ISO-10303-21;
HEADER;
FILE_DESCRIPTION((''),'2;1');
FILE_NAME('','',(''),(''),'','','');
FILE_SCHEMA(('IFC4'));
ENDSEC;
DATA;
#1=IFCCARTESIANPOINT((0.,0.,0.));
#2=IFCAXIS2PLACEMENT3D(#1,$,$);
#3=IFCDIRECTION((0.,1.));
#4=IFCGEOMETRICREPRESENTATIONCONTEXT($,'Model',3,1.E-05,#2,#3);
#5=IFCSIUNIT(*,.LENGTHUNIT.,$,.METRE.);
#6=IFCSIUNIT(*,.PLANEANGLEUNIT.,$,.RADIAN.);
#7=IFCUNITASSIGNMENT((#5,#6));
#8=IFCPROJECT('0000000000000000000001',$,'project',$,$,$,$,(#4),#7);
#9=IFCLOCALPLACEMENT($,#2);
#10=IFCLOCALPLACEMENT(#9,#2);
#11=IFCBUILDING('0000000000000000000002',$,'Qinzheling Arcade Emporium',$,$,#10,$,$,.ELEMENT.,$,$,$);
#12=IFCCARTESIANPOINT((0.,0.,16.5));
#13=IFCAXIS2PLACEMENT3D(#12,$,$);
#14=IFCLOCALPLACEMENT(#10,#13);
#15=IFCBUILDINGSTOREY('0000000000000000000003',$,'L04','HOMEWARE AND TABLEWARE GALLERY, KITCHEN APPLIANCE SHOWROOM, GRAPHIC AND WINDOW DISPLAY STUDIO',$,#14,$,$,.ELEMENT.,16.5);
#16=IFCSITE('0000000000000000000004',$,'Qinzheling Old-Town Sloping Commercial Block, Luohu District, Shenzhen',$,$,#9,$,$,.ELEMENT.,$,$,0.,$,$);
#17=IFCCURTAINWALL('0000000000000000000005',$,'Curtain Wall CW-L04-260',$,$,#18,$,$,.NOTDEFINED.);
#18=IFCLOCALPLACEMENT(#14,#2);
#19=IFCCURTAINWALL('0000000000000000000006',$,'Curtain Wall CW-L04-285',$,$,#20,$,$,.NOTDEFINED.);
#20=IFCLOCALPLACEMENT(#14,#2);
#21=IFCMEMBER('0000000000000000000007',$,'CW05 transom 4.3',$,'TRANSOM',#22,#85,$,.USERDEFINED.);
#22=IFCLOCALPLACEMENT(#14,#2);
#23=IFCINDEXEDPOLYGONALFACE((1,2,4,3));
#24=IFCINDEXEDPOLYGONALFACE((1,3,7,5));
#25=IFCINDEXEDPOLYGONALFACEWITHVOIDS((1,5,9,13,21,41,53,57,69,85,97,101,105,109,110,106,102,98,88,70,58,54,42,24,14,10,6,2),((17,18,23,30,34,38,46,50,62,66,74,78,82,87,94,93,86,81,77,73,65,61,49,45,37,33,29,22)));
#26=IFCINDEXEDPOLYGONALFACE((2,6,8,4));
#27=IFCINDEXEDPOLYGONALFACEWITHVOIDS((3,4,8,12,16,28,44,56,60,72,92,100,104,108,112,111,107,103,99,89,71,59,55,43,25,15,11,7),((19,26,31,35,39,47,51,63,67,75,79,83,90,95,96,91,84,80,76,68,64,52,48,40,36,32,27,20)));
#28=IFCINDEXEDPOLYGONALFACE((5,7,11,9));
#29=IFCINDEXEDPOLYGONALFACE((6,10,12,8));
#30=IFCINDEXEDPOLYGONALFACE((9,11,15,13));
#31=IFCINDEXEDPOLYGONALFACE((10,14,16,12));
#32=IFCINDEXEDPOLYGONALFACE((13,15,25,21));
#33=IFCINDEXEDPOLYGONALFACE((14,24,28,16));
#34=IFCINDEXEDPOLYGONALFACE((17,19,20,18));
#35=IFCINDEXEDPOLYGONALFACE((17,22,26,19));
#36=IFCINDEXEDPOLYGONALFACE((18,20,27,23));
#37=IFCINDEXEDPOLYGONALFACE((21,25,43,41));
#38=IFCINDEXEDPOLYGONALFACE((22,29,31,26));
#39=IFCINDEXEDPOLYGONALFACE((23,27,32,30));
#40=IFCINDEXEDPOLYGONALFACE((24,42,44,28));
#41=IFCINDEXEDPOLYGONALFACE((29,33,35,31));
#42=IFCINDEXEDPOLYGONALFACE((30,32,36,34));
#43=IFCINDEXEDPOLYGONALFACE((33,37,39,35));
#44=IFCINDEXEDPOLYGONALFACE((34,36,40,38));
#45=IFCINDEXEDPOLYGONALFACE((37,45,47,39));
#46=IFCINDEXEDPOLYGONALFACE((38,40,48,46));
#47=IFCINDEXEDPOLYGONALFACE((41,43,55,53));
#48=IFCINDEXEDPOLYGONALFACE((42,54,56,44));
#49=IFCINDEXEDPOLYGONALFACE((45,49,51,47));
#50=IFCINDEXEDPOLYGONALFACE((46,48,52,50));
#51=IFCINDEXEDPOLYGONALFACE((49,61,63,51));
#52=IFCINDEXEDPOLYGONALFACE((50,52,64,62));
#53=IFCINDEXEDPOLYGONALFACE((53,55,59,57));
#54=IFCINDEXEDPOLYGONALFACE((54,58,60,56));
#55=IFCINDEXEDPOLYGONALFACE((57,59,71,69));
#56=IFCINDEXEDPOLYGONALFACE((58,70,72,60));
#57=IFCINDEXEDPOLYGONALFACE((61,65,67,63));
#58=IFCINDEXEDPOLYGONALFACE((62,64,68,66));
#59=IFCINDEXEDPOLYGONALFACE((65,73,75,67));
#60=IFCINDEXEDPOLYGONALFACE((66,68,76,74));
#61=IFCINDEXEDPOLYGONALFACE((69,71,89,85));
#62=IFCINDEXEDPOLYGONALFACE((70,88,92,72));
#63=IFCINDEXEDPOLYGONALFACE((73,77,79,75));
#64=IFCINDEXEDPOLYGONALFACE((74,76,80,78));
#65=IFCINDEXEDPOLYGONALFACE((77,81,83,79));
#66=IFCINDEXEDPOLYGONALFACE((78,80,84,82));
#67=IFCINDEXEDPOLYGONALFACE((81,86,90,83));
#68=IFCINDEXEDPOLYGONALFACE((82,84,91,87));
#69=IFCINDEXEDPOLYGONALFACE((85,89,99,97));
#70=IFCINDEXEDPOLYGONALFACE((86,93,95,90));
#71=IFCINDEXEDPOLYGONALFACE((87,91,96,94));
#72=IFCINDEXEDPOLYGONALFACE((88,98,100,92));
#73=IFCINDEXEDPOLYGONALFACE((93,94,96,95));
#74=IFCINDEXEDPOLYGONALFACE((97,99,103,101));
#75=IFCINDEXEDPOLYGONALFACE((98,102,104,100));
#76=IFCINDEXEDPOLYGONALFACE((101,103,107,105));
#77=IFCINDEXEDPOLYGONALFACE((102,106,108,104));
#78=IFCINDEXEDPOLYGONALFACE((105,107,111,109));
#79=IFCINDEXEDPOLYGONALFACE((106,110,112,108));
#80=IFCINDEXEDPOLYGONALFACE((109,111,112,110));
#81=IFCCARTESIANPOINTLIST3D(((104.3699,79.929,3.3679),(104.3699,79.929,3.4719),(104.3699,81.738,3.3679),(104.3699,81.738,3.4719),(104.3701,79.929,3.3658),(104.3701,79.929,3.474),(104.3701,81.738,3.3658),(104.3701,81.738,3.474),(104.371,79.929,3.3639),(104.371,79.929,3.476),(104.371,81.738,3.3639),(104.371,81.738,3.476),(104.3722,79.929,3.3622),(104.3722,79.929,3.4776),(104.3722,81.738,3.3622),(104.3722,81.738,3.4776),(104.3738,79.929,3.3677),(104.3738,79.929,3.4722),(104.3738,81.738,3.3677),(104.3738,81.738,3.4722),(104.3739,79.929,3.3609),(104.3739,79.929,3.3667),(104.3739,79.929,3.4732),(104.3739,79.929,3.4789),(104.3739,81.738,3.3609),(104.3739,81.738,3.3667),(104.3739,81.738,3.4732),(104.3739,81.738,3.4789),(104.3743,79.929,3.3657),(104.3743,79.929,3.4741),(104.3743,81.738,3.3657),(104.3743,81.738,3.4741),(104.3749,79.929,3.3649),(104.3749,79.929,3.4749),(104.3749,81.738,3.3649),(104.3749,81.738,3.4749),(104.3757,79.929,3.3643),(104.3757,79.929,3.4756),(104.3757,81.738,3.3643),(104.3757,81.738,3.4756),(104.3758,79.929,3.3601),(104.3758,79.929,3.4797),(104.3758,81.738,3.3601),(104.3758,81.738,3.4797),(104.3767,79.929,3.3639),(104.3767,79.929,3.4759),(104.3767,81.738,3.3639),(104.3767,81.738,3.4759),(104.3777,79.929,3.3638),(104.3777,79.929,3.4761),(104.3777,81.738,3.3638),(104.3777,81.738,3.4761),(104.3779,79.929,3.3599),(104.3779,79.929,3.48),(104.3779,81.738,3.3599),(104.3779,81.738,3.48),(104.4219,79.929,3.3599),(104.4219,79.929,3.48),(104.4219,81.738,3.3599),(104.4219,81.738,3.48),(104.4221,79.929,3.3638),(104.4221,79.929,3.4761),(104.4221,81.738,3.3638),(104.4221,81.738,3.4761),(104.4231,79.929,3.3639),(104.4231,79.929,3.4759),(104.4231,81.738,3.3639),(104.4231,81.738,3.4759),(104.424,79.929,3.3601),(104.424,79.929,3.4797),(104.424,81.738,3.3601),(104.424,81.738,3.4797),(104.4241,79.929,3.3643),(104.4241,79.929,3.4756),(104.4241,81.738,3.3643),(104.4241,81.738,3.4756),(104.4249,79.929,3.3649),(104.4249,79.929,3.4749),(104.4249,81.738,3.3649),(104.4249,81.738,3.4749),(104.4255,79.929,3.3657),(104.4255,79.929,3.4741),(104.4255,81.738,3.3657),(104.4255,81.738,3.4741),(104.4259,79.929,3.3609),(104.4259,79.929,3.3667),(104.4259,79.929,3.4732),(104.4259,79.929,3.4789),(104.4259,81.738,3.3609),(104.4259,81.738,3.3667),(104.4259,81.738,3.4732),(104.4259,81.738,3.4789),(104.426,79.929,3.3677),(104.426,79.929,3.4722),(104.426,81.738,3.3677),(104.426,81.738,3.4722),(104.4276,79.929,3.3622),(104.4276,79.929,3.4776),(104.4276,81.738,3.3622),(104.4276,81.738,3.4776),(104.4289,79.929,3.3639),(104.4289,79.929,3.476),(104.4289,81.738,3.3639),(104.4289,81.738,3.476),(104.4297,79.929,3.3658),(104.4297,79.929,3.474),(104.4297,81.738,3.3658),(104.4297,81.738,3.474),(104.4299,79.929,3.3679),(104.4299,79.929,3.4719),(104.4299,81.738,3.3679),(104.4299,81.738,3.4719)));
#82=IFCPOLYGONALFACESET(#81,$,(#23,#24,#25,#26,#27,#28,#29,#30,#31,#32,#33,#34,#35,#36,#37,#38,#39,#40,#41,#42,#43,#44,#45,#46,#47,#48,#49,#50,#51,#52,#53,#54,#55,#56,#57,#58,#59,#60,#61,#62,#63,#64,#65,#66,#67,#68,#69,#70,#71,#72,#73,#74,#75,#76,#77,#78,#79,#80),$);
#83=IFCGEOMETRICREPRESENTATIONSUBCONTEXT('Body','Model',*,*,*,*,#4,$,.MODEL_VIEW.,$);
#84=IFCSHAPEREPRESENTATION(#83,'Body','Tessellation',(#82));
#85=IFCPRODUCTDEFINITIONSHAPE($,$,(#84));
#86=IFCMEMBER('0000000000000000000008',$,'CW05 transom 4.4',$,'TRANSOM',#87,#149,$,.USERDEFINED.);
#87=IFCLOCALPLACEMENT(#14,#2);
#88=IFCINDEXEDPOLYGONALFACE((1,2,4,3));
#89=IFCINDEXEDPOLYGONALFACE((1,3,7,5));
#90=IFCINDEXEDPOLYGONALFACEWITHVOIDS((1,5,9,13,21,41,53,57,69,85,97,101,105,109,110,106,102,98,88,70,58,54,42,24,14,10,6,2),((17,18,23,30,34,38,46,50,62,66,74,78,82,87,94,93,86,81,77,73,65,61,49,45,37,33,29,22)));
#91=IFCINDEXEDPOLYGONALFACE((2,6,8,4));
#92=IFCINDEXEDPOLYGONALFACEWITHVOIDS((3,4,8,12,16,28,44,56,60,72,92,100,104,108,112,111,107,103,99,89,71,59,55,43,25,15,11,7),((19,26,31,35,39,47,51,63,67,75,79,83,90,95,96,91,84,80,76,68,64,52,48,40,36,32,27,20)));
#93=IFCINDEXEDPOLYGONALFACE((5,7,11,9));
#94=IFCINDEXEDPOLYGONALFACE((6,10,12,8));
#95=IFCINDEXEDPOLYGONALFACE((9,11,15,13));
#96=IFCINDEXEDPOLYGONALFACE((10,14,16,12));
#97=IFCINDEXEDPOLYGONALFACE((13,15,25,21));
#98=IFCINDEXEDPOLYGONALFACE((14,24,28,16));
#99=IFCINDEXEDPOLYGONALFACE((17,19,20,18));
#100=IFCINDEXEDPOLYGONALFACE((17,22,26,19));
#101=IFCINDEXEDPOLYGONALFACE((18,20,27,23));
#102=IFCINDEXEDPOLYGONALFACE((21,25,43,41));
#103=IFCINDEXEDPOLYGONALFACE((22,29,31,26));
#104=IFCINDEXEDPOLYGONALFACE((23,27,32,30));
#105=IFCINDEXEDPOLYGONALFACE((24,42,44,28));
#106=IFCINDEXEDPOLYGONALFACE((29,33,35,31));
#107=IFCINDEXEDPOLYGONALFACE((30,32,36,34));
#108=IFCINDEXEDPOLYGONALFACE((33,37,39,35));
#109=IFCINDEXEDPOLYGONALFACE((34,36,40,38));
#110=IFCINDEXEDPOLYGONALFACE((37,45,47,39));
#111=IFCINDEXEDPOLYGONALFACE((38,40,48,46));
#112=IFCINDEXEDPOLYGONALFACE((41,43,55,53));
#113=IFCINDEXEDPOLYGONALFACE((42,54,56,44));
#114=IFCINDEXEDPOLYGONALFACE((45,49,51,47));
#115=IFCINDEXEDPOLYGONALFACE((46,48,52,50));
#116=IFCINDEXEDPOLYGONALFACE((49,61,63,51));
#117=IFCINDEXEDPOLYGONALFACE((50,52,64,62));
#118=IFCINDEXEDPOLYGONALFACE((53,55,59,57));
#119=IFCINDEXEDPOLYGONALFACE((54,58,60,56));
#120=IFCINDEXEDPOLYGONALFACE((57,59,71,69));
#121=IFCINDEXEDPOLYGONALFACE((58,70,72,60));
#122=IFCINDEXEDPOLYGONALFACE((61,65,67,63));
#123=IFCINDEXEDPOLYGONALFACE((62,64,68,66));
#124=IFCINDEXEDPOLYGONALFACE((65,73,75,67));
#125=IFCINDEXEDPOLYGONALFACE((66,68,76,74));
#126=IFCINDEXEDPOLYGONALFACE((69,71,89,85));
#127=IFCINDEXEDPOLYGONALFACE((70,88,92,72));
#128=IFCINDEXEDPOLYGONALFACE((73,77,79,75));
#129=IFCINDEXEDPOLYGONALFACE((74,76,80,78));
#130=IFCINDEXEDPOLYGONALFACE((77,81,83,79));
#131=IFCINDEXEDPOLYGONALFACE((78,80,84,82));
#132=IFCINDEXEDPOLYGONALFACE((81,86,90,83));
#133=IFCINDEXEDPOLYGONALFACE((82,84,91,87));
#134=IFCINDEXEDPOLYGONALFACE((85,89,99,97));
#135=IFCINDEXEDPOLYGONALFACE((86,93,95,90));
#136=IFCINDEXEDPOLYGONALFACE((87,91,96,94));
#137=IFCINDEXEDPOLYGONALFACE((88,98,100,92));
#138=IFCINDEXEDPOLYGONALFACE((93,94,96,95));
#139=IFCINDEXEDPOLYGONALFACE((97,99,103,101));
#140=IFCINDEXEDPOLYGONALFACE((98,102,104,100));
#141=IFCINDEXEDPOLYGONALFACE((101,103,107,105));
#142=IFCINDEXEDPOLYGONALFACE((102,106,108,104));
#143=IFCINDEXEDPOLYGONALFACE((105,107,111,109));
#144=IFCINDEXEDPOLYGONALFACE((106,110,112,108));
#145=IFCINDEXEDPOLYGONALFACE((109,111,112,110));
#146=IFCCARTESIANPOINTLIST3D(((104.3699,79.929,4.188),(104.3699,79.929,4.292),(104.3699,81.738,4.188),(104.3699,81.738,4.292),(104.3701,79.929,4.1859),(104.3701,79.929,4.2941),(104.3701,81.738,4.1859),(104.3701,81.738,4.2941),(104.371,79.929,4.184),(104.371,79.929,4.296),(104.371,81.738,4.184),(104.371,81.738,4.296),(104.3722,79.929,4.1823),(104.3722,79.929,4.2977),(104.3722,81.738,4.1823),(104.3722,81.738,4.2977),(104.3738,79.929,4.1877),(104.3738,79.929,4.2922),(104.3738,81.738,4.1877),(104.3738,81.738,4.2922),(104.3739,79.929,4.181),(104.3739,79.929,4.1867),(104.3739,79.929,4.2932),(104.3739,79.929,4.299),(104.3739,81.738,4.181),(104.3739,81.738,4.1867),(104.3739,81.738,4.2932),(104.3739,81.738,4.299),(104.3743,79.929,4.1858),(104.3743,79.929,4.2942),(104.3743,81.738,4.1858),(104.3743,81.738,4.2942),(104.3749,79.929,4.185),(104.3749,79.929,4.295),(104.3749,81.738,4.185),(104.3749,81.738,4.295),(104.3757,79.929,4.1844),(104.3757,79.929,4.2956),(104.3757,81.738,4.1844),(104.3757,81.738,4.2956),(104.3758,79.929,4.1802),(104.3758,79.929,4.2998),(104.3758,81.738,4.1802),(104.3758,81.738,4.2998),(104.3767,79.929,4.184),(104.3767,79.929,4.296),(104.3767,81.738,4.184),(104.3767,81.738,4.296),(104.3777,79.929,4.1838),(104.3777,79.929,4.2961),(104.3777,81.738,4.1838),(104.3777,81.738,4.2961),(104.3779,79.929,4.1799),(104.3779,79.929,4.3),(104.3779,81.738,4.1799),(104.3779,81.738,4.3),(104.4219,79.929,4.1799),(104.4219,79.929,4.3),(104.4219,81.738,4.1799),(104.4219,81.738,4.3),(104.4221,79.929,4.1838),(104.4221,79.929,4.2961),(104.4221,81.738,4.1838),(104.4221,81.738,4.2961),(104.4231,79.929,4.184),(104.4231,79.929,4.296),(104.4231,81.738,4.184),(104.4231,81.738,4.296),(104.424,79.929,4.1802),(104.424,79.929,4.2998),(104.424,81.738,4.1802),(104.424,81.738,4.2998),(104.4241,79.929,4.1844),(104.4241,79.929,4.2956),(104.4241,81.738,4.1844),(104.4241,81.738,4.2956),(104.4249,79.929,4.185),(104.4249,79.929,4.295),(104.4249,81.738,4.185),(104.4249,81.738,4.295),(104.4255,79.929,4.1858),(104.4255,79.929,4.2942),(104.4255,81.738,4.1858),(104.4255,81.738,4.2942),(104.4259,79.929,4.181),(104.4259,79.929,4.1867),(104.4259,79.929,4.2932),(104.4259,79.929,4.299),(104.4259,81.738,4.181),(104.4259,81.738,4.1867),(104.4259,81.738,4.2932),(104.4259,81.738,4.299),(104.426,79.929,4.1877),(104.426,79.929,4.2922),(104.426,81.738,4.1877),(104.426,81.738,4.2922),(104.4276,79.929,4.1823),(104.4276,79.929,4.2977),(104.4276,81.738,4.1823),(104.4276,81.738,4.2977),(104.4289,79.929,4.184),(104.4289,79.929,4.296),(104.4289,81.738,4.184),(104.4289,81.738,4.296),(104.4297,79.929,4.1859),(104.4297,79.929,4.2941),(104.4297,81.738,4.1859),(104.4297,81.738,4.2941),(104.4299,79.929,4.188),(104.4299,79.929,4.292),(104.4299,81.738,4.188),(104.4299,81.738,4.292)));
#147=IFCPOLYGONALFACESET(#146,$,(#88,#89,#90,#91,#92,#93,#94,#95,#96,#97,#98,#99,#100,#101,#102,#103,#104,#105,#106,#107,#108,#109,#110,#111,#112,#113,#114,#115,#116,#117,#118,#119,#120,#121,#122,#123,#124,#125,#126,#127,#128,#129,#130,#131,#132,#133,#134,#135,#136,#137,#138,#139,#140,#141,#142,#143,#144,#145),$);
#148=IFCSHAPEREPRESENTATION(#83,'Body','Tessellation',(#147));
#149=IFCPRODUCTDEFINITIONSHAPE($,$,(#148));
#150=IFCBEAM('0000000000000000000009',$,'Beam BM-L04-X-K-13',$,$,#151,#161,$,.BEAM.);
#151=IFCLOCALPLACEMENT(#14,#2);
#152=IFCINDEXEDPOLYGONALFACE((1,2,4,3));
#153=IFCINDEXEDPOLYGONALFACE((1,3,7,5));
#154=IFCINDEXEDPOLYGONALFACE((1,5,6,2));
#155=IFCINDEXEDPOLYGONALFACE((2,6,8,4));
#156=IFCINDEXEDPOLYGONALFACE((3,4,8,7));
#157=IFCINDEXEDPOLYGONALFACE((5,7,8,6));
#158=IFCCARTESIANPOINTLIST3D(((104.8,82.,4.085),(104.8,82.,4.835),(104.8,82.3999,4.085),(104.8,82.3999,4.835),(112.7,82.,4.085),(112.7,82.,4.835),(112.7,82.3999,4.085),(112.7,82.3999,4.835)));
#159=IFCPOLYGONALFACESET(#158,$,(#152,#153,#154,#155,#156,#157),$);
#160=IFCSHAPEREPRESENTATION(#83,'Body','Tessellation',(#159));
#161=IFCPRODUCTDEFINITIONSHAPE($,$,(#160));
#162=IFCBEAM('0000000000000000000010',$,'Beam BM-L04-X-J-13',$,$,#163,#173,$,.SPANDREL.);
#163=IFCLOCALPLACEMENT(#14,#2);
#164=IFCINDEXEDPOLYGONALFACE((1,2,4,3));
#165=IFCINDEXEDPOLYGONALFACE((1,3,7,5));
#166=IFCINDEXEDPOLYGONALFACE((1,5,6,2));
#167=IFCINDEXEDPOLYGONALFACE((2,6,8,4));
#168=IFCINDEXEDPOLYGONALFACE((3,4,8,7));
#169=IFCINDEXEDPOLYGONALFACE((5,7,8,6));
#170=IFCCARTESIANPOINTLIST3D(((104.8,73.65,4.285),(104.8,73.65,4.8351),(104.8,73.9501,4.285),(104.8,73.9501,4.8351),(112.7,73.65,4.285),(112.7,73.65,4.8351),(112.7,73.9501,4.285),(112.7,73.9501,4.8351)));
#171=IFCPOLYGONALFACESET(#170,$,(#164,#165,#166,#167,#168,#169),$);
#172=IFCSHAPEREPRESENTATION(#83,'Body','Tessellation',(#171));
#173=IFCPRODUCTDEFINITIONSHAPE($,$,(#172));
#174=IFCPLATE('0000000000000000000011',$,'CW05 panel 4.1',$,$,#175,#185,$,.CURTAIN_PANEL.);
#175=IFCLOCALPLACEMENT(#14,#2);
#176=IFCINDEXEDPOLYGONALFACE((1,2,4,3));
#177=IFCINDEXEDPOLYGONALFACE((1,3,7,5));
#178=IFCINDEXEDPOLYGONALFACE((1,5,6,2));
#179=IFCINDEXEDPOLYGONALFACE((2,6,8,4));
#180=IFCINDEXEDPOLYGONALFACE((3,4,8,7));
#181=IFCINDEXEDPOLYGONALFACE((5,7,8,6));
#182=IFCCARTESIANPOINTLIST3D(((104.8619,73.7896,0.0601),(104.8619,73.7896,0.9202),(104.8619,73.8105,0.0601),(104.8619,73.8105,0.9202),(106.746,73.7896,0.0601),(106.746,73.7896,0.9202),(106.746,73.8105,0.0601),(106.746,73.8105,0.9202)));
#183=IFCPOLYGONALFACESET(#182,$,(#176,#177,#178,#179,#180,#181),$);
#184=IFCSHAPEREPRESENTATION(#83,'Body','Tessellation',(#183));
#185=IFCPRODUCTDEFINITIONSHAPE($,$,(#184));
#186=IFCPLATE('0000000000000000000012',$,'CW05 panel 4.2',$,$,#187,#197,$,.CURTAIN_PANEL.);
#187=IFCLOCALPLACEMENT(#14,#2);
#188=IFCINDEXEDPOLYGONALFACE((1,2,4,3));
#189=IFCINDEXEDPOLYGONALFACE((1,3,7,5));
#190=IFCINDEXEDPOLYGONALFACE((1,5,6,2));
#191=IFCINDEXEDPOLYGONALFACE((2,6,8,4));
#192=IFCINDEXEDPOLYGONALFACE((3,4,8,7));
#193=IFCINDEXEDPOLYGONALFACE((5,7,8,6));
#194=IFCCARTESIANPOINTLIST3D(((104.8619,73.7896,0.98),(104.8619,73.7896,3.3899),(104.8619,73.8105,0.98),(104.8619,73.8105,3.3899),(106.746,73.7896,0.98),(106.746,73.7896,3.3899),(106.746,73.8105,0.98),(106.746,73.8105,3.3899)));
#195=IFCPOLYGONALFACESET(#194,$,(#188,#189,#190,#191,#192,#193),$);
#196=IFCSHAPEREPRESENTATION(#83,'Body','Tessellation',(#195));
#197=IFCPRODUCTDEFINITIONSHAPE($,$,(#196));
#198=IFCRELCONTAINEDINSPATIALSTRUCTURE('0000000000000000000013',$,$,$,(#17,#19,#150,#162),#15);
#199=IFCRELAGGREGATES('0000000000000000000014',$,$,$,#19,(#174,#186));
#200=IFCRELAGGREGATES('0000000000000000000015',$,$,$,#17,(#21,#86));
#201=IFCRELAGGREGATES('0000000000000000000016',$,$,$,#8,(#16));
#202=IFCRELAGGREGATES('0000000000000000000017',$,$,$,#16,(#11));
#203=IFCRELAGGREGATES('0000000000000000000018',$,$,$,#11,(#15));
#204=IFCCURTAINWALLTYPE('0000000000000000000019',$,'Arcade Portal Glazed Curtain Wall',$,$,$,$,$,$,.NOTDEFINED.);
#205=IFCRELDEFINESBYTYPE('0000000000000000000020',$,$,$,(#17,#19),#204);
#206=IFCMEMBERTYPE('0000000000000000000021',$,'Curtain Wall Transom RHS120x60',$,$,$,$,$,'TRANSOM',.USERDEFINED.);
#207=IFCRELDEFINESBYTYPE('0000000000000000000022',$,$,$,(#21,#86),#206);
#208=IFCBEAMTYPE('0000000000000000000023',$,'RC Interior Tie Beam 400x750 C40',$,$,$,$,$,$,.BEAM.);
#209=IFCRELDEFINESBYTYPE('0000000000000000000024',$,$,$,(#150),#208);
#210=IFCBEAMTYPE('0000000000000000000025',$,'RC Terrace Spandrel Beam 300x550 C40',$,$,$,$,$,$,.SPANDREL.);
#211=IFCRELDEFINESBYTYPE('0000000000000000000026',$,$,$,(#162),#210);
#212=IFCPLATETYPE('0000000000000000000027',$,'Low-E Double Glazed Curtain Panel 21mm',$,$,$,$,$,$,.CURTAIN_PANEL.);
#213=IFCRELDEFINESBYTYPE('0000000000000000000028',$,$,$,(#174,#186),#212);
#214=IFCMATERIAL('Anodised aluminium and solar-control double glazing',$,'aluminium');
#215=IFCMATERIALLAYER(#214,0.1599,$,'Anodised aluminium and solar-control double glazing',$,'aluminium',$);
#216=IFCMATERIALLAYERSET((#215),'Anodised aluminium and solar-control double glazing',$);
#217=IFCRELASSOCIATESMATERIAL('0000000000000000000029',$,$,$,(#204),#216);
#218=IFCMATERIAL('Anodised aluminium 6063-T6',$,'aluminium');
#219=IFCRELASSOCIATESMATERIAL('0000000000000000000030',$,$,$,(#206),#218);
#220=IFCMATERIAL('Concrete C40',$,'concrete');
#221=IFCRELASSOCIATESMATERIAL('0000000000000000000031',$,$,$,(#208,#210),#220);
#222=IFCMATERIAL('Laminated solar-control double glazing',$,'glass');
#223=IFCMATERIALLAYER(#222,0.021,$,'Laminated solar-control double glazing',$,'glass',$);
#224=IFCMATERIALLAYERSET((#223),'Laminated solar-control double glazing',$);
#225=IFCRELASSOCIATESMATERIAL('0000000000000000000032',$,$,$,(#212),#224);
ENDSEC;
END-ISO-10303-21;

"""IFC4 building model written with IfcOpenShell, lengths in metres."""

from ifc_helpers import new_model, si_unit, direction, frame, origin, origin_2d, place, context, subcontext, project, spatial, rectangle, hollow_rectangle, extrude, material, layer, layer_set, material_profile, profile_set, type_object, element, aggregate, save


model = new_model("IFC4")

# Units and contexts
model_context = context("Model", 3, precision=1e-05, world=origin(), true_north=direction((0.0, 1.0)))
body_context = subcontext(model_context, "Body", "Model", "MODEL_VIEW")
ifc_project = project(units=[si_unit("LENGTHUNIT", "METRE"), si_unit("PLANEANGLEUNIT", "RADIAN")], contexts=[model_context])

# Site, building, storey
site_placement = place(None, origin())
site = spatial("IfcSite", under=ifc_project, at=site_placement, Name="Qinzheling Old-Town Sloping Commercial Block, Luohu District, Shenzhen", CompositionType="ELEMENT", RefElevation=0.0)
building_placement = place(site_placement, origin())
building = spatial("IfcBuilding", under=site, at=building_placement, Name="Qinzheling Arcade Emporium", CompositionType="ELEMENT")
storey_placement = place(building_placement, frame((0.0, 0.0, 16.5)))
storey = spatial("IfcBuildingStorey", under=building, at=storey_placement, Name="L04", Description="HOMEWARE AND TABLEWARE GALLERY, KITCHEN APPLIANCE SHOWROOM, GRAPHIC AND WINDOW DISPLAY STUDIO", CompositionType="ELEMENT", Elevation=16.5)

# Shared definitions
ifc_material_1 = material(Name="Concrete C40", Category="concrete")

# Curtain wall
ifc_material_2 = material(Name="Anodised aluminium and solar-control double glazing", Category="aluminium")
ifc_layer_1 = layer(ifc_material_2, 0.1599, Name="Anodised aluminium and solar-control double glazing", Category="aluminium")
ifc_layer_set_1 = layer_set([ifc_layer_1], Name="Anodised aluminium and solar-control double glazing")
curtain_wall_type = type_object("IfcCurtainWallType", Name="Arcade Portal Glazed Curtain Wall", PredefinedType="NOTDEFINED", material=ifc_layer_set_1)
curtain_wall_1_placement = place(storey_placement, origin())
curtain_wall_1 = element("IfcCurtainWall", 1, at=curtain_wall_1_placement, inside=storey, type_object=curtain_wall_type, Name="Curtain Wall CW-L04-260", PredefinedType="NOTDEFINED")
ifc_material_3 = material(Name="Anodised aluminium 6063-T6", Category="aluminium")

# Curtain wall
curtain_wall_2_placement = place(storey_placement, origin())
curtain_wall_2 = element("IfcCurtainWall", 2, at=curtain_wall_2_placement, inside=storey, type_object=curtain_wall_type, Name="Curtain Wall CW-L04-285", PredefinedType="NOTDEFINED")

# Members
ifc_material_profile_1 = material_profile(ifc_material_3, hollow_rectangle(XDim=0.0601, YDim=0.1201, WallThickness=0.0039, InnerFilletRadius=0.0039, OuterFilletRadius=0.0081, at=origin_2d()), Name="RHS 120x60x4", Category="aluminium")
ifc_profile_set_1 = profile_set([ifc_material_profile_1], Name="Anodised aluminium 6063-T6")
member_type_1 = type_object("IfcMemberType", Name="Curtain Wall Transom RHS120x60", ElementType="TRANSOM", PredefinedType="USERDEFINED", material=ifc_profile_set_1)
member_1_placement = place(storey_placement, frame((104.3999, 79.929, 3.4199), z_axis=(0.0, 1.0, 0.0), x_axis=(-1.0, 0.0, 0.0)))
member_1 = element("IfcMember", 3, at=member_1_placement, type_object=member_type_1, Name="CW05 transom 4.3", ObjectType="TRANSOM", PredefinedType="USERDEFINED", context=body_context, shape_type="SweptSolid", body=[
    extrude(hollow_rectangle(XDim=0.0601, YDim=0.1201, WallThickness=0.0039, InnerFilletRadius=0.0039, OuterFilletRadius=0.0081, at=origin_2d()), origin(), (0.0, 0.0, 1.0), 1.8091),
])
member_2_placement = place(storey_placement, frame((104.3999, 79.929, 4.24), z_axis=(0.0, 1.0, 0.0), x_axis=(-1.0, 0.0, 0.0)))
member_2 = element("IfcMember", 4, at=member_2_placement, type_object=member_type_1, Name="CW05 transom 4.4", ObjectType="TRANSOM", PredefinedType="USERDEFINED", context=body_context, shape_type="SweptSolid", body=[
    extrude(hollow_rectangle(XDim=0.0601, YDim=0.1201, WallThickness=0.0039, InnerFilletRadius=0.0039, OuterFilletRadius=0.0081, at=origin_2d()), origin(), (0.0, 0.0, 1.0), 1.8091),
])

# Beams
ifc_material_profile_2 = material_profile(ifc_material_1, rectangle(XDim=0.3999, YDim=0.75, at=origin_2d()), Name="RC 400x750", Category="concrete")
ifc_profile_set_2 = profile_set([ifc_material_profile_2], Name="Concrete C40")
beam_type_1 = type_object("IfcBeamType", Name="RC Interior Tie Beam 400x750 C40", PredefinedType="BEAM", material=ifc_profile_set_2)
beam_1_placement = place(storey_placement, frame((104.8, 82.2, 4.46), z_axis=(1.0, 0.0, 0.0), x_axis=(0.0, 1.0, 0.0)))
element("IfcBeam", 5, at=beam_1_placement, inside=storey, type_object=beam_type_1, Name="Beam BM-L04-X-K-13", PredefinedType="BEAM", context=body_context, shape_type="SweptSolid", body=[
    extrude(rectangle(XDim=0.3999, YDim=0.75, at=origin_2d()), origin(), (0.0, 0.0, 1.0), 7.8999),
])
ifc_material_profile_3 = material_profile(ifc_material_1, rectangle(XDim=0.3, YDim=0.55, at=origin_2d()), Name="RC 300x550", Category="concrete")
ifc_profile_set_3 = profile_set([ifc_material_profile_3], Name="Concrete C40")
beam_type_2 = type_object("IfcBeamType", Name="RC Terrace Spandrel Beam 300x550 C40", PredefinedType="SPANDREL", material=ifc_profile_set_3)
beam_2_placement = place(storey_placement, frame((104.8, 73.8, 4.5601), z_axis=(1.0, 0.0, 0.0), x_axis=(0.0, 1.0, 0.0)))
element("IfcBeam", 6, at=beam_2_placement, inside=storey, type_object=beam_type_2, Name="Beam BM-L04-X-J-13", PredefinedType="SPANDREL", context=body_context, shape_type="SweptSolid", body=[
    extrude(rectangle(XDim=0.3, YDim=0.55, at=origin_2d()), origin(), (0.0, 0.0, 1.0), 7.8999),
])

# Plates
ifc_material_4 = material(Name="Laminated solar-control double glazing", Category="glass")
ifc_layer_2 = layer(ifc_material_4, 0.021, Name="Laminated solar-control double glazing", Category="glass")
ifc_layer_set_2 = layer_set([ifc_layer_2], Name="Laminated solar-control double glazing")
plate_type_1 = type_object("IfcPlateType", Name="Low-E Double Glazed Curtain Panel 21mm", PredefinedType="CURTAIN_PANEL", material=ifc_layer_set_2)
plate_1_placement = place(storey_placement, frame((105.804, 73.8, 0.0601), z_axis=(0.0, 0.0, 1.0), x_axis=(-1.0, 0.0, 0.0)))
plate_1 = element("IfcPlate", 7, at=plate_1_placement, type_object=plate_type_1, Name="CW05 panel 4.1", PredefinedType="CURTAIN_PANEL", context=body_context, shape_type="SweptSolid", body=[
    extrude(rectangle(XDim=1.884, YDim=0.021, at=origin_2d()), origin(), (0.0, 0.0, 1.0), 0.8601),
])
plate_2_placement = place(storey_placement, frame((105.804, 73.8, 0.98), z_axis=(0.0, 0.0, 1.0), x_axis=(-1.0, 0.0, 0.0)))
plate_2 = element("IfcPlate", 8, at=plate_2_placement, type_object=plate_type_1, Name="CW05 panel 4.2", PredefinedType="CURTAIN_PANEL", context=body_context, shape_type="SweptSolid", body=[
    extrude(rectangle(XDim=1.884, YDim=0.021, at=origin_2d()), origin(), (0.0, 0.0, 1.0), 2.4099),
])
aggregate(curtain_wall_2, [plate_1, plate_2])
aggregate(curtain_wall_1, [member_1, member_2])

save(model, "model.ifc")
